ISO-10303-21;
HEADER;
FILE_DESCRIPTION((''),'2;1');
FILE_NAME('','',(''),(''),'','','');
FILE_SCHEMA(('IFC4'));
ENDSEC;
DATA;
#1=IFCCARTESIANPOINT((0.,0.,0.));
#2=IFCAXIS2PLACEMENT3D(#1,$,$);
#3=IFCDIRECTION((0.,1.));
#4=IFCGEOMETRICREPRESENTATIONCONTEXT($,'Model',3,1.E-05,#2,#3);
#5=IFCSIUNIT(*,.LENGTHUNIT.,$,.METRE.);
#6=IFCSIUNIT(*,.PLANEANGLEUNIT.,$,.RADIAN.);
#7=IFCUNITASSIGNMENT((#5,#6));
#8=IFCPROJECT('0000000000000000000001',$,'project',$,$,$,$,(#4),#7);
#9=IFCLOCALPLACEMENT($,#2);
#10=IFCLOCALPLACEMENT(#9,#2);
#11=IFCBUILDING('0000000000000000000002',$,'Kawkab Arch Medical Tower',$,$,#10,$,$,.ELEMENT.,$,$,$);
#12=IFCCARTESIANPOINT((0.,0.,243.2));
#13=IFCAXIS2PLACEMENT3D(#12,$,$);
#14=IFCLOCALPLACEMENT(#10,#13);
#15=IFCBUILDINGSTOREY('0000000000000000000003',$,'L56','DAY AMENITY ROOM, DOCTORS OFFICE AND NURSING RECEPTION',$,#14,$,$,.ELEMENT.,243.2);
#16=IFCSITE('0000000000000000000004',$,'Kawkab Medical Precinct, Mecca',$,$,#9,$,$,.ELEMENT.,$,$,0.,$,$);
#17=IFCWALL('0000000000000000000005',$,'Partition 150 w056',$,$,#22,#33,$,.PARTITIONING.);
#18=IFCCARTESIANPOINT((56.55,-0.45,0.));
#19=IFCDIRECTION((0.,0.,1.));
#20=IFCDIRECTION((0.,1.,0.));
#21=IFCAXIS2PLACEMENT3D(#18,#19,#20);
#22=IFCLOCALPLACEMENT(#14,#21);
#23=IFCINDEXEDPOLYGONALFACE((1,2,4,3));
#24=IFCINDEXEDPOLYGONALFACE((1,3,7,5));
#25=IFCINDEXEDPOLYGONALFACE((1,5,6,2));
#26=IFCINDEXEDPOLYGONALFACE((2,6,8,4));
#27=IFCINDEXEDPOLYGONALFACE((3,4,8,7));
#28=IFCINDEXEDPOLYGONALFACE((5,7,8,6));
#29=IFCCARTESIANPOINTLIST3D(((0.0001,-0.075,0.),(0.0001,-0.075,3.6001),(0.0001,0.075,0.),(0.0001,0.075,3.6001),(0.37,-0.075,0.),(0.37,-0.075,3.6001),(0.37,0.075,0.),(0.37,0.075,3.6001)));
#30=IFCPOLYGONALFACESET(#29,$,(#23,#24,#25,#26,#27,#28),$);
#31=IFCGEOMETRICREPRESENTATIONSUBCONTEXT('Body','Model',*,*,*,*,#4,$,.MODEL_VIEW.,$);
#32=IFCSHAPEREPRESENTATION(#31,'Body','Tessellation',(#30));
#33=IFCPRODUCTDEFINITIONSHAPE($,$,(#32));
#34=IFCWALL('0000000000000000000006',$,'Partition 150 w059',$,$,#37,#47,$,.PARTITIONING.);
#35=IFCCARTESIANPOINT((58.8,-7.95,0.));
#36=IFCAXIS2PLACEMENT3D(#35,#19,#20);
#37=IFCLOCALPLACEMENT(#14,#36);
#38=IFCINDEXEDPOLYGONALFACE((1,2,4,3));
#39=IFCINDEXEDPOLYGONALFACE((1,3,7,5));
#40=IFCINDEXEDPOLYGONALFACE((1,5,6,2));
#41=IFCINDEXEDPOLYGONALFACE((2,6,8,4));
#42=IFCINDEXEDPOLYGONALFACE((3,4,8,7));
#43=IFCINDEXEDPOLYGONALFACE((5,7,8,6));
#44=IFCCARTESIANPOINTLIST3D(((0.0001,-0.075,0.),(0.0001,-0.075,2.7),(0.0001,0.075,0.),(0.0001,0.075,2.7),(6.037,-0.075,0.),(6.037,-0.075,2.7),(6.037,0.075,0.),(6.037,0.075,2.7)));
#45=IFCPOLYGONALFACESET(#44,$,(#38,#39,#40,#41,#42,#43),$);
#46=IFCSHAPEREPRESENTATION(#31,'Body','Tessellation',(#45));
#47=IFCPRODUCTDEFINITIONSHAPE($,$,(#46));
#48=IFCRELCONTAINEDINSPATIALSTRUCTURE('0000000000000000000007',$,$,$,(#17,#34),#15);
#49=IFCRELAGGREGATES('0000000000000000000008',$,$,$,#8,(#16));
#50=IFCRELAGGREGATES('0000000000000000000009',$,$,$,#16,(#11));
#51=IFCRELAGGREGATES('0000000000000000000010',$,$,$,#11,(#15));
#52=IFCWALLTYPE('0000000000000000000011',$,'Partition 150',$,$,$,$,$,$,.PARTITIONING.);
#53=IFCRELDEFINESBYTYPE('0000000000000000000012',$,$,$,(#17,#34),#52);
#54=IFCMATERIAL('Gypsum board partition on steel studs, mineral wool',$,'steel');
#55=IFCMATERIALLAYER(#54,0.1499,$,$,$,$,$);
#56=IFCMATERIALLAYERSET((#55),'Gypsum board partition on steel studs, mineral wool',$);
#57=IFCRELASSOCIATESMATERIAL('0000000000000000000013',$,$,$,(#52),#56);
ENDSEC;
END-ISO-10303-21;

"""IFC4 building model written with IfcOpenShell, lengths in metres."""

from ifc_helpers import new_model, si_unit, direction, frame, frame_2d, origin, place, context, subcontext, project, spatial, rectangle, extrude, material, layer, layer_set, type_object, element, save


model = new_model("IFC4")

# Units and contexts
model_context = context("Model", 3, precision=1e-05, world=origin(), true_north=direction((0.0, 1.0)))
body_context = subcontext(model_context, "Body", "Model", "MODEL_VIEW")
ifc_project = project(units=[si_unit("LENGTHUNIT", "METRE"), si_unit("PLANEANGLEUNIT", "RADIAN")], contexts=[model_context])

# Site, building, storey
site_placement = place(None, origin())
site = spatial("IfcSite", under=ifc_project, at=site_placement, Name="Kawkab Medical Precinct, Mecca", CompositionType="ELEMENT", RefElevation=0.0)
building_placement = place(site_placement, origin())
building = spatial("IfcBuilding", under=site, at=building_placement, Name="Kawkab Arch Medical Tower", CompositionType="ELEMENT")
storey_placement = place(building_placement, frame((0.0, 0.0, 243.2)))
storey = spatial("IfcBuildingStorey", under=building, at=storey_placement, Name="L56", Description="DAY AMENITY ROOM, DOCTORS OFFICE AND NURSING RECEPTION", CompositionType="ELEMENT", Elevation=243.2)

# Walls
ifc_material_1 = material(Name="Gypsum board partition on steel studs, mineral wool", Category="steel")
ifc_layer_1 = layer(ifc_material_1, 0.1499)
ifc_layer_set_1 = layer_set([ifc_layer_1], Name="Gypsum board partition on steel studs, mineral wool")
wall_type = type_object("IfcWallType", Name="Partition 150", PredefinedType="PARTITIONING", material=ifc_layer_set_1)
wall_1_placement = place(storey_placement, frame((56.55, -0.45, 0.0), z_axis=(0.0, 0.0, 1.0), x_axis=(0.0, 1.0, 0.0)))
element("IfcWall", 1, at=wall_1_placement, inside=storey, type_object=wall_type, Name="Partition 150 w056", PredefinedType="PARTITIONING", context=body_context, shape_type="SweptSolid", body=[
    extrude(rectangle(XDim=0.3699, YDim=0.1499, at=frame_2d((0.1851, 0.0))), origin(), (0.0, 0.0, 1.0), 3.6001),
])
wall_2_placement = place(storey_placement, frame((58.8, -7.95, 0.0), z_axis=(0.0, 0.0, 1.0), x_axis=(0.0, 1.0, 0.0)))
element("IfcWall", 2, at=wall_2_placement, inside=storey, type_object=wall_type, Name="Partition 150 w059", PredefinedType="PARTITIONING", context=body_context, shape_type="SweptSolid", body=[
    extrude(rectangle(XDim=6.0369, YDim=0.1499, at=frame_2d((3.0186, 0.0))), origin(), (0.0, 0.0, 1.0), 2.7),
])

save(model, "model.ifc")
